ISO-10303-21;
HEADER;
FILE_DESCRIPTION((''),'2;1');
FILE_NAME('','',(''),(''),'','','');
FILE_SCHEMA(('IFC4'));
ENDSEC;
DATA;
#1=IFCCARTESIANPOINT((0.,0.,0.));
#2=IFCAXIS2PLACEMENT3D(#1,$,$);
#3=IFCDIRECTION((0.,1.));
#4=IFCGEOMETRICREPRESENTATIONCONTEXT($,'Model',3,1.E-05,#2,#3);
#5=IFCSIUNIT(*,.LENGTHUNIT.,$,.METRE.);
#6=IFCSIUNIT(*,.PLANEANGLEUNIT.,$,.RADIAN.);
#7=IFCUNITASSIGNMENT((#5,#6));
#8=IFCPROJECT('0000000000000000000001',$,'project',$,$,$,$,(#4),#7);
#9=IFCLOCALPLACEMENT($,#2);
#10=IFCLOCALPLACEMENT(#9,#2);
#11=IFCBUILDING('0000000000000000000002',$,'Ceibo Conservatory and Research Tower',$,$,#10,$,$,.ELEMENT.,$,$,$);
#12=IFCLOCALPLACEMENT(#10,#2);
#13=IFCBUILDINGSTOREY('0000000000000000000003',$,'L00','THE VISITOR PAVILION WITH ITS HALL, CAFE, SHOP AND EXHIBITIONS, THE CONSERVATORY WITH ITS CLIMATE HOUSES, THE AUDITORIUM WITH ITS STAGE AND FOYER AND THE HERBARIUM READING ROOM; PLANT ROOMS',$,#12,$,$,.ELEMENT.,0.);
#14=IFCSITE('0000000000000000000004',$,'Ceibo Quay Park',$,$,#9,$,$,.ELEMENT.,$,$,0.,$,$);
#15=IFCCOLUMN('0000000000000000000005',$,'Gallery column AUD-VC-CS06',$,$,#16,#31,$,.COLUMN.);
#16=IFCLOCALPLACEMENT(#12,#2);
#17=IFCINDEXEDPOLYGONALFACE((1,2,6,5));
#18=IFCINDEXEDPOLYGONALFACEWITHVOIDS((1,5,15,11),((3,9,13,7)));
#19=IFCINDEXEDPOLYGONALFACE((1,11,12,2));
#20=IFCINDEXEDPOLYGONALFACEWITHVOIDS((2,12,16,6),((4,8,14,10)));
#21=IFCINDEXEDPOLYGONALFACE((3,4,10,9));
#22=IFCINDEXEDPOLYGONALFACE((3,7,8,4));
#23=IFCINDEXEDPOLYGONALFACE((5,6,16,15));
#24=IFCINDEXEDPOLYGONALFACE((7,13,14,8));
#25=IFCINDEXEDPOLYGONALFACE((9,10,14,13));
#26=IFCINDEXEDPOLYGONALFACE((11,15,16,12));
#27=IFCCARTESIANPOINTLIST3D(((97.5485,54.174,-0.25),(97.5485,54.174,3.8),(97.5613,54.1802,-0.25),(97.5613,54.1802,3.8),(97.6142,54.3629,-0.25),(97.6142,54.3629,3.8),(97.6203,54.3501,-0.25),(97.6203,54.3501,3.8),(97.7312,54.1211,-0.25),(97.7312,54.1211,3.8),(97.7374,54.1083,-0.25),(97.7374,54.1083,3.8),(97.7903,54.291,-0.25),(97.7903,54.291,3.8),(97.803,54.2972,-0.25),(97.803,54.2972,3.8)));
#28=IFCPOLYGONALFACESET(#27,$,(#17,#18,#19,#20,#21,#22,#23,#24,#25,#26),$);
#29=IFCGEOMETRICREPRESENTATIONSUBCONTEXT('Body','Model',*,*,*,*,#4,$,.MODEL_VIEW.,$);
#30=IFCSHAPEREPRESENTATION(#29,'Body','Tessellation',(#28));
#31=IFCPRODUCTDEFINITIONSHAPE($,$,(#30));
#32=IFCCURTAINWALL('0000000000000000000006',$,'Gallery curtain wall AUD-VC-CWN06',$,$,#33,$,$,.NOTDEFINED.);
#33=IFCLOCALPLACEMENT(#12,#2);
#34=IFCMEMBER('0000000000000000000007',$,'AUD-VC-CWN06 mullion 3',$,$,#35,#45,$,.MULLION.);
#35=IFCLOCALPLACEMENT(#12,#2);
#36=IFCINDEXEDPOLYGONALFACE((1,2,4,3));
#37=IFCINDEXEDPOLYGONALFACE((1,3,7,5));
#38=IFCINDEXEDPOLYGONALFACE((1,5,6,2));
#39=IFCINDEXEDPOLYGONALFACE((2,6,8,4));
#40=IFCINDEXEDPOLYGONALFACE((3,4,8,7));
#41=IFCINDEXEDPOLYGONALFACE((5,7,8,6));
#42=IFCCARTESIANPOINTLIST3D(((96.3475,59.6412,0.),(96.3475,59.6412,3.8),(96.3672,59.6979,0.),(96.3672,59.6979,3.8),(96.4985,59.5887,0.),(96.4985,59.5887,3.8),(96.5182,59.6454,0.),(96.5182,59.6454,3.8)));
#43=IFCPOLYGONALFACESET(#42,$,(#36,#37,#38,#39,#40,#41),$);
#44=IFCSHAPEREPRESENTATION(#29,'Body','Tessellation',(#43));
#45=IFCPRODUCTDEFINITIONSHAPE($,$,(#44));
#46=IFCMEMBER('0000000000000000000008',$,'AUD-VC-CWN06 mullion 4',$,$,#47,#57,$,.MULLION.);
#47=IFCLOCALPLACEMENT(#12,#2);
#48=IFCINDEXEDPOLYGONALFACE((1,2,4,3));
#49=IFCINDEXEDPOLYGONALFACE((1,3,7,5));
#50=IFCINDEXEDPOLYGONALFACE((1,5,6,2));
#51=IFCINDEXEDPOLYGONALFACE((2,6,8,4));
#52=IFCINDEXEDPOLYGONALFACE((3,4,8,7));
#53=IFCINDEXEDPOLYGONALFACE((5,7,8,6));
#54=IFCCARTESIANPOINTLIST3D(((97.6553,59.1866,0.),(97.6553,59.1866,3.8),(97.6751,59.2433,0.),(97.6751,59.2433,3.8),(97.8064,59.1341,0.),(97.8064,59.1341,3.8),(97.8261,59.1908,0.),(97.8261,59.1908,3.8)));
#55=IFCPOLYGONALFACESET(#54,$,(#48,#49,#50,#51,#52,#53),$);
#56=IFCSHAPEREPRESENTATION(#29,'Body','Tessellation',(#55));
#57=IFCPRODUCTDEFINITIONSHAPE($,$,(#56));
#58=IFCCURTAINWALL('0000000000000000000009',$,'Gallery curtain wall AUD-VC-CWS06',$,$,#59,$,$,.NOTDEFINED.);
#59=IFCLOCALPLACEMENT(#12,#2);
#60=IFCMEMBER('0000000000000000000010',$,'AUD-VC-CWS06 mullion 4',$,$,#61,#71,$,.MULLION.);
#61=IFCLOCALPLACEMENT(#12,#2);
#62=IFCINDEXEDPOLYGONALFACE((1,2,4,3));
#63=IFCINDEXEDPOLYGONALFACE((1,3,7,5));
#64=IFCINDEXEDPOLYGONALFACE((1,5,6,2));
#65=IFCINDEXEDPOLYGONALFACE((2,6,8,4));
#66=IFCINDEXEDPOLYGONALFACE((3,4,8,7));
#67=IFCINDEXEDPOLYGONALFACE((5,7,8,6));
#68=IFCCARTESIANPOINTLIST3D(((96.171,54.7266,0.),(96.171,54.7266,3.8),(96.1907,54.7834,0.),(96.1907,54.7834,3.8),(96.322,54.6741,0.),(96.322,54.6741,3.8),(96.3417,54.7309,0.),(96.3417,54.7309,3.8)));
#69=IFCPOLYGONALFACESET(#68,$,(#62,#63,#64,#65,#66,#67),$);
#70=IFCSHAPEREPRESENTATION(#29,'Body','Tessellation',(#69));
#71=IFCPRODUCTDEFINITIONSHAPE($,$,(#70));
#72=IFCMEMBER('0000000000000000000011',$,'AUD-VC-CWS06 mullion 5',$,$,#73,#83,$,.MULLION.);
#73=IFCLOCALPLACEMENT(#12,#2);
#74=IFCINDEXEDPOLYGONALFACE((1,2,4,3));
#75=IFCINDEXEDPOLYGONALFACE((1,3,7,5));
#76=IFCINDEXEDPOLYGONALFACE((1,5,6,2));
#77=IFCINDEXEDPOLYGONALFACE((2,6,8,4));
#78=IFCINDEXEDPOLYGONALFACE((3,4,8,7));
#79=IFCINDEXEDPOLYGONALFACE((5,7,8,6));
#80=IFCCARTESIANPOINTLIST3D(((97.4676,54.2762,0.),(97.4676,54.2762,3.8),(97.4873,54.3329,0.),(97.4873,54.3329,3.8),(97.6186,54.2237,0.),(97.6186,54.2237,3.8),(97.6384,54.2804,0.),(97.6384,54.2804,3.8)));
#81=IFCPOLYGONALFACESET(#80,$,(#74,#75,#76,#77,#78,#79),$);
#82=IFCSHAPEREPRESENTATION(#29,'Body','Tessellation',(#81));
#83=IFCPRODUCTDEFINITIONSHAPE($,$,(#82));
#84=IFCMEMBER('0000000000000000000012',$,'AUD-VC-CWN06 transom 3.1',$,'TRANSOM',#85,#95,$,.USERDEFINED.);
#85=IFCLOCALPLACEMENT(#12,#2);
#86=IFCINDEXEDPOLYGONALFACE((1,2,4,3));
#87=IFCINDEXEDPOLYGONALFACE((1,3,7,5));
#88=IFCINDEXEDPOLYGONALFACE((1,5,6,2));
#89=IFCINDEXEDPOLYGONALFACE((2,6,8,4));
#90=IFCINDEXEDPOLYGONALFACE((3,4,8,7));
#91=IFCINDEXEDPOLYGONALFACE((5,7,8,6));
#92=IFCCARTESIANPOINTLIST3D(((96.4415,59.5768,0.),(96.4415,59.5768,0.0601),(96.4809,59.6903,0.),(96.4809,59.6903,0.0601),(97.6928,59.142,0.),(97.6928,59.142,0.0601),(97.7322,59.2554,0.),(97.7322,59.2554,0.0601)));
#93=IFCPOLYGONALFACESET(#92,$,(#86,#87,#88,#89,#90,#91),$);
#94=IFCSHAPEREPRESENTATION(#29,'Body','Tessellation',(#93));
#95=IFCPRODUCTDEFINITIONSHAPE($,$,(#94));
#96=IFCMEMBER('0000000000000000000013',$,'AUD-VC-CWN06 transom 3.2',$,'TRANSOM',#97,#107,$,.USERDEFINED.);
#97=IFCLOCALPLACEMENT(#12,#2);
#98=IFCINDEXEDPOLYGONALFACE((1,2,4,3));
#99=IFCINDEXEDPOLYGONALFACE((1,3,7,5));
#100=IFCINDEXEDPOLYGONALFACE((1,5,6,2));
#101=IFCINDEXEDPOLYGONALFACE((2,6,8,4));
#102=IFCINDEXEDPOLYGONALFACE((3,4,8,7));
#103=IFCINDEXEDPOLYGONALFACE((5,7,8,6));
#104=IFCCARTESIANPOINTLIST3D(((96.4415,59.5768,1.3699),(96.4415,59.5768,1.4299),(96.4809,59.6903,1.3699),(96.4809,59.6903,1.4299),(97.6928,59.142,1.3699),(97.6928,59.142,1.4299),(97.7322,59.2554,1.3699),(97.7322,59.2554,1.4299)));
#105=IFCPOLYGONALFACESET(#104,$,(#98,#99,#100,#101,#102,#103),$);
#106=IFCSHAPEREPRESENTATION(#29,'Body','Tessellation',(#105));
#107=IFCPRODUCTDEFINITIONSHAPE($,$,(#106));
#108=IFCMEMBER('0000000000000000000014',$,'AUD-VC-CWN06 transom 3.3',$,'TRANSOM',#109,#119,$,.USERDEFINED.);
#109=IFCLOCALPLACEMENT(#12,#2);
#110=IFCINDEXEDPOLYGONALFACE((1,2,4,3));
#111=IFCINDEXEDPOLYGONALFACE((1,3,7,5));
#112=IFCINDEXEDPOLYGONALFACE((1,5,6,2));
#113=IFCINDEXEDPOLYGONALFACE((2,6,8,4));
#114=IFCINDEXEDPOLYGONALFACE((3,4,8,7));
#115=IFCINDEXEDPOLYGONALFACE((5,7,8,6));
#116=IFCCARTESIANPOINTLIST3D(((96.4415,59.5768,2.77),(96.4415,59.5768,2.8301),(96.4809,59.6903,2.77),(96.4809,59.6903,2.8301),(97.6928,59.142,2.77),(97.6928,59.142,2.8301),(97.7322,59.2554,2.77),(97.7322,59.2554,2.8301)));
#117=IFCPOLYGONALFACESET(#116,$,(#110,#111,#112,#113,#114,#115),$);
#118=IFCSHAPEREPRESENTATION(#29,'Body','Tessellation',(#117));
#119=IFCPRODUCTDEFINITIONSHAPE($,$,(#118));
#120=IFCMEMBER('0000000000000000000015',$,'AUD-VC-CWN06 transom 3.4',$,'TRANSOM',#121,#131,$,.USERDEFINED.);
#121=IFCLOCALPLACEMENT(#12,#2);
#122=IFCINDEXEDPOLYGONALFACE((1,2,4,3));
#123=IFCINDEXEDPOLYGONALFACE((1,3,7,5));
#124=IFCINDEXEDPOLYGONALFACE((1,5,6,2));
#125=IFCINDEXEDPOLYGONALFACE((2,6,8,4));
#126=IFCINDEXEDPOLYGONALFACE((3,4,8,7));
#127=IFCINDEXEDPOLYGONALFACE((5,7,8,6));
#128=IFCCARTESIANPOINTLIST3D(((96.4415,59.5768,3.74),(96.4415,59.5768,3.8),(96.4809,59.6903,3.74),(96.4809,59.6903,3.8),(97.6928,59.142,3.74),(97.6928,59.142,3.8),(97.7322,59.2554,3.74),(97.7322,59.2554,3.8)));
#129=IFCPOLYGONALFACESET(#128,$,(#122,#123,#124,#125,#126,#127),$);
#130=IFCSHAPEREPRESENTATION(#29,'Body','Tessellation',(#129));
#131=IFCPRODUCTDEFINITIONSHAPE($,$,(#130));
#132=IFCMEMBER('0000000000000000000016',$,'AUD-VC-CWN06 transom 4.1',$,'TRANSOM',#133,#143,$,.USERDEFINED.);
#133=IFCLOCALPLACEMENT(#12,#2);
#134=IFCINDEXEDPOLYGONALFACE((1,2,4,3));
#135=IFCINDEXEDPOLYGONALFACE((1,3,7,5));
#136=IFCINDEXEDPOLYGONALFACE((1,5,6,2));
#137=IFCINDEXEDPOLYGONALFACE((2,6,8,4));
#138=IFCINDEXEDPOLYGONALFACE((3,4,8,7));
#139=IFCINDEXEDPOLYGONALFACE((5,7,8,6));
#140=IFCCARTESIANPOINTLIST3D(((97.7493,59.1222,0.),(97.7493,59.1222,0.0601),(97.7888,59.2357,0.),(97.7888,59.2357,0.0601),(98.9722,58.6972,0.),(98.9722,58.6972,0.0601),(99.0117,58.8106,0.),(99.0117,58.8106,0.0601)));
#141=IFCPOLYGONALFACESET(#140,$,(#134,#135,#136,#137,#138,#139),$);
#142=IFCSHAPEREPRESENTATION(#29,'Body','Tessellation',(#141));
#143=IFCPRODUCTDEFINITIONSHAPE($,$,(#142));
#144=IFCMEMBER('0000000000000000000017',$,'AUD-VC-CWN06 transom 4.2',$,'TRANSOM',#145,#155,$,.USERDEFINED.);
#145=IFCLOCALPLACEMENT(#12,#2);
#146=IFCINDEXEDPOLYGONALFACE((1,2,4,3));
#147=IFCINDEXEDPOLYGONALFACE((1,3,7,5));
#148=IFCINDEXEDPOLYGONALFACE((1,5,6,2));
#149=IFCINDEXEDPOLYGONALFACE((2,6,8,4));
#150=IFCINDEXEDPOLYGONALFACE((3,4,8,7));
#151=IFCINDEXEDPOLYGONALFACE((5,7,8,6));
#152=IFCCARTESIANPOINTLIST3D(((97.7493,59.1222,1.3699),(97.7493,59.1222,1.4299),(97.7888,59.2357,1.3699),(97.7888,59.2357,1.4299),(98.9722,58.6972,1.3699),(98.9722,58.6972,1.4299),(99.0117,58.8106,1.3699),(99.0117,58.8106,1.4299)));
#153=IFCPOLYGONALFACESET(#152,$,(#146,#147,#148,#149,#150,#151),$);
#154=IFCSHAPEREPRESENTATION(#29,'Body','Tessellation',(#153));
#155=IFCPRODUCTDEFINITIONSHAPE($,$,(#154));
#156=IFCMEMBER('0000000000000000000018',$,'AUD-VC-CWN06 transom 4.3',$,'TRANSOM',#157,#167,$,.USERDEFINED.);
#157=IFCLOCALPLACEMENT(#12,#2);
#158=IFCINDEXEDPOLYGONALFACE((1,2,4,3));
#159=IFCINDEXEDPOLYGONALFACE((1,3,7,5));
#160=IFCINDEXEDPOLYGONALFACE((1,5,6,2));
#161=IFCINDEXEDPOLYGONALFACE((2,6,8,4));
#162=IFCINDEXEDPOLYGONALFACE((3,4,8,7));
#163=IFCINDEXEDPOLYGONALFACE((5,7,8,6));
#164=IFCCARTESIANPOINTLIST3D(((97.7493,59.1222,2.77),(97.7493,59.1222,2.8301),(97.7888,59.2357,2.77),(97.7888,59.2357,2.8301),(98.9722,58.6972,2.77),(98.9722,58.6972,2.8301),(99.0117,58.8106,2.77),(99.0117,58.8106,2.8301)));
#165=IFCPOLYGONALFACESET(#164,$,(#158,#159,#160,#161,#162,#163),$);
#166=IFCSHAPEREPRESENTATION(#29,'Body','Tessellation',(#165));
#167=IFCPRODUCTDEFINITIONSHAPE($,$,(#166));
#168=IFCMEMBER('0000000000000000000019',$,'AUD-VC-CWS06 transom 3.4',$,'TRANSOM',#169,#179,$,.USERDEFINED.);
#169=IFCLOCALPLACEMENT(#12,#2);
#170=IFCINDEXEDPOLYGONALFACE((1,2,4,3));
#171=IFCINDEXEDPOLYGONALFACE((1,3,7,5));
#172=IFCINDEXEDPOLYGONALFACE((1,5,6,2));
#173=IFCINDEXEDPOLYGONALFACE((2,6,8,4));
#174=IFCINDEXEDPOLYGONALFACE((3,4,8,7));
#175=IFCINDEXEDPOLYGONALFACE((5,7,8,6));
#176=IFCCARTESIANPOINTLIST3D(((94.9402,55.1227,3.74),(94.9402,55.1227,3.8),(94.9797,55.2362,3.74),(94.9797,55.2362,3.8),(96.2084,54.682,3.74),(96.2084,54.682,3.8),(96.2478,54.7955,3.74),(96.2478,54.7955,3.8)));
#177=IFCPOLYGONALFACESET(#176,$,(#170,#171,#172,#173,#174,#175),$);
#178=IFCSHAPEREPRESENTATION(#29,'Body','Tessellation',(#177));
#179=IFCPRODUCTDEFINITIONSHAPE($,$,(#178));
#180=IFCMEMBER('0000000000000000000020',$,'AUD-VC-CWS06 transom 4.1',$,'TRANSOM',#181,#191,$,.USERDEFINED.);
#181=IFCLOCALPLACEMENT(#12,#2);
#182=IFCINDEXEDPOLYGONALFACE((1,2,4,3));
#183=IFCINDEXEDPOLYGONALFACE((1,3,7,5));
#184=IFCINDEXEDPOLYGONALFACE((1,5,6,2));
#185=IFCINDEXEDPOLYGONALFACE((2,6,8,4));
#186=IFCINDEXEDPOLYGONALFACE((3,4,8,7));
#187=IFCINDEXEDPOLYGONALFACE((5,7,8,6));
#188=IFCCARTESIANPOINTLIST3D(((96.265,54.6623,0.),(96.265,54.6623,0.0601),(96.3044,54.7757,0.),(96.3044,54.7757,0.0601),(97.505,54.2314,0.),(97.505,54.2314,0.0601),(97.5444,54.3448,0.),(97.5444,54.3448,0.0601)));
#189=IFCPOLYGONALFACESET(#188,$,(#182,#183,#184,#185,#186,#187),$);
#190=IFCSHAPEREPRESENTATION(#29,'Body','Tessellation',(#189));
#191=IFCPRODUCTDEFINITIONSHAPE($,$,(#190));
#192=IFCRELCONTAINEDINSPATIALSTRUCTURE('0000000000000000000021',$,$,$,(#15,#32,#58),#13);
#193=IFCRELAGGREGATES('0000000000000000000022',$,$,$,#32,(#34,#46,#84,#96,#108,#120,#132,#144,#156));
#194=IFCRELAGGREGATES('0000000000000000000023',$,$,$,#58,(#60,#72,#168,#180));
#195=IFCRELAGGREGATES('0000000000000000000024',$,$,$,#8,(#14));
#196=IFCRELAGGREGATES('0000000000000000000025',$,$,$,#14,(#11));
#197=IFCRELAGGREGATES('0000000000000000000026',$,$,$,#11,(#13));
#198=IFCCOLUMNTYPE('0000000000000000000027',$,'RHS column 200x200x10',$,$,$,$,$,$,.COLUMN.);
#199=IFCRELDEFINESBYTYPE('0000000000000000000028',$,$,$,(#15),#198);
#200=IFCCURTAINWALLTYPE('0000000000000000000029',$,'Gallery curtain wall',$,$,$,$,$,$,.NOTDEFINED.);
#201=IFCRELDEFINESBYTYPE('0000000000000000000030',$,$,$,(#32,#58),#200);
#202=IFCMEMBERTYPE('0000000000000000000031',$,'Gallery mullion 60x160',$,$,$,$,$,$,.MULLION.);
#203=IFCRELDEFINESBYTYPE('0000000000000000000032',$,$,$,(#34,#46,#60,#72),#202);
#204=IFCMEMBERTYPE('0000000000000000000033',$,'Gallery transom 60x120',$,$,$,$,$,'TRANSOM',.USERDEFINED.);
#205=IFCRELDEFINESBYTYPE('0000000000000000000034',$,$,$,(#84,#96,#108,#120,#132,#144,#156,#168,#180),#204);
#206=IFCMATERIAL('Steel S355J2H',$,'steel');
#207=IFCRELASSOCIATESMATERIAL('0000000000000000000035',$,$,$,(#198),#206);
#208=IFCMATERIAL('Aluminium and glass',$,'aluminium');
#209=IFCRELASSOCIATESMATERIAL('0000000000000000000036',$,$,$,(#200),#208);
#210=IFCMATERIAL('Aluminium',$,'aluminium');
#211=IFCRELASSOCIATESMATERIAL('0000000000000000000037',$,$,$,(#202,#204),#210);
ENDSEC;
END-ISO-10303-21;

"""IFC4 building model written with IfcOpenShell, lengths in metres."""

from ifc_helpers import new_model, si_unit, direction, frame, origin, origin_2d, place, context, subcontext, project, spatial, rectangle, hollow_rectangle, extrude, material, material_profile, profile_set, type_object, element, aggregate, save


model = new_model("IFC4")

# Units and contexts
model_context = context("Model", 3, precision=1e-05, world=origin(), true_north=direction((0.0, 1.0)))
body_context = subcontext(model_context, "Body", "Model", "MODEL_VIEW")
ifc_project = project(units=[si_unit("LENGTHUNIT", "METRE"), si_unit("PLANEANGLEUNIT", "RADIAN")], contexts=[model_context])

# Site, building, storey
site_placement = place(None, origin())
site = spatial("IfcSite", under=ifc_project, at=site_placement, Name="Ceibo Quay Park", CompositionType="ELEMENT", RefElevation=0.0)
building_placement = place(site_placement, origin())
building = spatial("IfcBuilding", under=site, at=building_placement, Name="Ceibo Conservatory and Research Tower", CompositionType="ELEMENT")
storey_placement = place(building_placement, origin())
storey = spatial("IfcBuildingStorey", under=building, at=storey_placement, Name="L00", Description="THE VISITOR PAVILION WITH ITS HALL, CAFE, SHOP AND EXHIBITIONS, THE CONSERVATORY WITH ITS CLIMATE HOUSES, THE AUDITORIUM WITH ITS STAGE AND FOYER AND THE HERBARIUM READING ROOM; PLANT ROOMS", CompositionType="ELEMENT", Elevation=0.0)

# Column
ifc_material_1 = material(Name="Steel S355J2H", Category="steel")
ifc_material_profile_1 = material_profile(ifc_material_1, hollow_rectangle(XDim=0.2, YDim=0.2, WallThickness=0.01, at=origin_2d()), Name="RHS column 200x200x10")
ifc_profile_set_1 = profile_set([ifc_material_profile_1], Name="Steel S355J2H")
column_type = type_object("IfcColumnType", Name="RHS column 200x200x10", PredefinedType="COLUMN", material=ifc_profile_set_1)
column_placement = place(storey_placement, frame((97.6758, 54.2356, -0.25), z_axis=(0.0, 0.0, 1.0), x_axis=(0.944579, -0.328284, 0.0)))
element("IfcColumn", 1, at=column_placement, inside=storey, type_object=column_type, Name="Gallery column AUD-VC-CS06", PredefinedType="COLUMN", context=body_context, shape_type="SweptSolid", body=[
    extrude(hollow_rectangle(XDim=0.2, YDim=0.2, WallThickness=0.01, at=origin_2d()), origin(), (0.0, 0.0, 1.0), 4.05),
])

# Curtain walls, members
ifc_material_2 = material(Name="Aluminium and glass", Category="aluminium")
curtain_wall_type = type_object("IfcCurtainWallType", Name="Gallery curtain wall", PredefinedType="NOTDEFINED", material=ifc_material_2)
curtain_wall_1_placement = place(storey_placement, origin())
curtain_wall_1 = element("IfcCurtainWall", 2, at=curtain_wall_1_placement, inside=storey, type_object=curtain_wall_type, Name="Gallery curtain wall AUD-VC-CWN06", PredefinedType="NOTDEFINED")
ifc_material_3 = material(Name="Aluminium", Category="aluminium")
ifc_material_profile_2 = material_profile(ifc_material_3, rectangle(XDim=0.0601, YDim=0.1599, at=origin_2d()), Name="AL 60x160")
ifc_profile_set_2 = profile_set([ifc_material_profile_2], Name="Aluminium")
member_type_1 = type_object("IfcMemberType", Name="Gallery mullion 60x160", PredefinedType="MULLION", material=ifc_profile_set_2)
member_1_placement = place(storey_placement, frame((96.4329, 59.6433, 0.0), z_axis=(0.0, 0.0, 1.0), x_axis=(0.328284, 0.944579, 0.0)))
member_1 = element("IfcMember", 3, at=member_1_placement, type_object=member_type_1, Name="AUD-VC-CWN06 mullion 3", PredefinedType="MULLION", context=body_context, shape_type="SweptSolid", body=[
    extrude(rectangle(XDim=0.0601, YDim=0.1599, at=origin_2d()), origin(), (0.0, 0.0, 1.0), 3.8),
])
member_2_placement = place(storey_placement, frame((97.7407, 59.1887, 0.0), z_axis=(0.0, 0.0, 1.0), x_axis=(0.328284, 0.944579, 0.0)))
member_2 = element("IfcMember", 4, at=member_2_placement, type_object=member_type_1, Name="AUD-VC-CWN06 mullion 4", PredefinedType="MULLION", context=body_context, shape_type="SweptSolid", body=[
    extrude(rectangle(XDim=0.0601, YDim=0.1599, at=origin_2d()), origin(), (0.0, 0.0, 1.0), 3.8),
])
curtain_wall_2_placement = place(storey_placement, origin())
curtain_wall_2 = element("IfcCurtainWall", 5, at=curtain_wall_2_placement, inside=storey, type_object=curtain_wall_type, Name="Gallery curtain wall AUD-VC-CWS06", PredefinedType="NOTDEFINED")
member_3_placement = place(storey_placement, frame((96.2563, 54.7288, 0.0), z_axis=(0.0, 0.0, 1.0), x_axis=(0.328284, 0.944579, 0.0)))
member_3 = element("IfcMember", 6, at=member_3_placement, type_object=member_type_1, Name="AUD-VC-CWS06 mullion 4", PredefinedType="MULLION", context=body_context, shape_type="SweptSolid", body=[
    extrude(rectangle(XDim=0.0601, YDim=0.1599, at=origin_2d()), origin(), (0.0, 0.0, 1.0), 3.8),
])
member_4_placement = place(storey_placement, frame((97.553, 54.2783, 0.0), z_axis=(0.0, 0.0, 1.0), x_axis=(0.328284, 0.944579, 0.0)))
member_4 = element("IfcMember", 7, at=member_4_placement, type_object=member_type_1, Name="AUD-VC-CWS06 mullion 5", PredefinedType="MULLION", context=body_context, shape_type="SweptSolid", body=[
    extrude(rectangle(XDim=0.0601, YDim=0.1599, at=origin_2d()), origin(), (0.0, 0.0, 1.0), 3.8),
])

# Members
ifc_material_profile_3 = material_profile(ifc_material_3, rectangle(XDim=0.1201, YDim=0.0601, at=origin_2d()), Name="AL 60x120")
ifc_profile_set_3 = profile_set([ifc_material_profile_3], Name="Aluminium")
member_type_2 = type_object("IfcMemberType", Name="Gallery transom 60x120", ElementType="TRANSOM", PredefinedType="USERDEFINED", material=ifc_profile_set_3)
member_5_placement = place(storey_placement, frame((96.4612, 59.6335, 0.03), z_axis=(0.944589, -0.328256, 0.0), x_axis=(0.328256, 0.944589, 0.0)))
member_5 = element("IfcMember", 8, at=member_5_placement, type_object=member_type_2, Name="AUD-VC-CWN06 transom 3.1", ObjectType="TRANSOM", PredefinedType="USERDEFINED", context=body_context, shape_type="SweptSolid", body=[
    extrude(rectangle(XDim=0.1201, YDim=0.0601, at=origin_2d()), origin(), (0.0, 0.0, 1.0), 1.3247),
])
member_6_placement = place(storey_placement, frame((96.4612, 59.6335, 1.3999), z_axis=(0.944589, -0.328256, 0.0), x_axis=(0.328256, 0.944589, 0.0)))
member_6 = element("IfcMember", 9, at=member_6_placement, type_object=member_type_2, Name="AUD-VC-CWN06 transom 3.2", ObjectType="TRANSOM", PredefinedType="USERDEFINED", context=body_context, shape_type="SweptSolid", body=[
    extrude(rectangle(XDim=0.1201, YDim=0.0601, at=origin_2d()), origin(), (0.0, 0.0, 1.0), 1.3247),
])
member_7_placement = place(storey_placement, frame((96.4612, 59.6335, 2.8), z_axis=(0.944589, -0.328256, 0.0), x_axis=(0.328256, 0.944589, 0.0)))
member_7 = element("IfcMember", 10, at=member_7_placement, type_object=member_type_2, Name="AUD-VC-CWN06 transom 3.3", ObjectType="TRANSOM", PredefinedType="USERDEFINED", context=body_context, shape_type="SweptSolid", body=[
    extrude(rectangle(XDim=0.1201, YDim=0.0601, at=origin_2d()), origin(), (0.0, 0.0, 1.0), 1.3247),
])
member_8_placement = place(storey_placement, frame((96.4612, 59.6335, 3.77), z_axis=(0.944589, -0.328256, 0.0), x_axis=(0.328256, 0.944589, 0.0)))
member_8 = element("IfcMember", 11, at=member_8_placement, type_object=member_type_2, Name="AUD-VC-CWN06 transom 3.4", ObjectType="TRANSOM", PredefinedType="USERDEFINED", context=body_context, shape_type="SweptSolid", body=[
    extrude(rectangle(XDim=0.1201, YDim=0.0601, at=origin_2d()), origin(), (0.0, 0.0, 1.0), 1.3247),
])
member_9_placement = place(storey_placement, frame((97.769, 59.179, 0.03), z_axis=(0.944571, -0.328309, 0.0), x_axis=(0.328309, 0.944571, 0.0)))
member_9 = element("IfcMember", 12, at=member_9_placement, type_object=member_type_2, Name="AUD-VC-CWN06 transom 4.1", ObjectType="TRANSOM", PredefinedType="USERDEFINED", context=body_context, shape_type="SweptSolid", body=[
    extrude(rectangle(XDim=0.1201, YDim=0.0601, at=origin_2d()), origin(), (0.0, 0.0, 1.0), 1.2947),
])
member_10_placement = place(storey_placement, frame((97.769, 59.179, 1.3999), z_axis=(0.944571, -0.328309, 0.0), x_axis=(0.328309, 0.944571, 0.0)))
member_10 = element("IfcMember", 13, at=member_10_placement, type_object=member_type_2, Name="AUD-VC-CWN06 transom 4.2", ObjectType="TRANSOM", PredefinedType="USERDEFINED", context=body_context, shape_type="SweptSolid", body=[
    extrude(rectangle(XDim=0.1201, YDim=0.0601, at=origin_2d()), origin(), (0.0, 0.0, 1.0), 1.2947),
])
member_11_placement = place(storey_placement, frame((97.769, 59.179, 2.8), z_axis=(0.944571, -0.328309, 0.0), x_axis=(0.328309, 0.944571, 0.0)))
member_11 = element("IfcMember", 14, at=member_11_placement, type_object=member_type_2, Name="AUD-VC-CWN06 transom 4.3", ObjectType="TRANSOM", PredefinedType="USERDEFINED", context=body_context, shape_type="SweptSolid", body=[
    extrude(rectangle(XDim=0.1201, YDim=0.0601, at=origin_2d()), origin(), (0.0, 0.0, 1.0), 1.2947),
])
member_12_placement = place(storey_placement, frame((94.96, 55.1794, 3.77), z_axis=(0.944588, -0.32826, 0.0), x_axis=(0.32826, 0.944588, 0.0)))
member_12 = element("IfcMember", 15, at=member_12_placement, type_object=member_type_2, Name="AUD-VC-CWS06 transom 3.4", ObjectType="TRANSOM", PredefinedType="USERDEFINED", context=body_context, shape_type="SweptSolid", body=[
    extrude(rectangle(XDim=0.1201, YDim=0.0601, at=origin_2d()), origin(), (0.0, 0.0, 1.0), 1.3425),
])
member_13_placement = place(storey_placement, frame((96.2847, 54.719, 0.03), z_axis=(0.94459, -0.328254, 0.0), x_axis=(0.328254, 0.94459, 0.0)))
member_13 = element("IfcMember", 16, at=member_13_placement, type_object=member_type_2, Name="AUD-VC-CWS06 transom 4.1", ObjectType="TRANSOM", PredefinedType="USERDEFINED", context=body_context, shape_type="SweptSolid", body=[
    extrude(rectangle(XDim=0.1201, YDim=0.0601, at=origin_2d()), origin(), (0.0, 0.0, 1.0), 1.3127),
])

aggregate(curtain_wall_1, [member_1, member_2, member_5, member_6, member_7, member_8, member_9, member_10, member_11])
aggregate(curtain_wall_2, [member_3, member_4, member_12, member_13])

save(model, "model.ifc")
